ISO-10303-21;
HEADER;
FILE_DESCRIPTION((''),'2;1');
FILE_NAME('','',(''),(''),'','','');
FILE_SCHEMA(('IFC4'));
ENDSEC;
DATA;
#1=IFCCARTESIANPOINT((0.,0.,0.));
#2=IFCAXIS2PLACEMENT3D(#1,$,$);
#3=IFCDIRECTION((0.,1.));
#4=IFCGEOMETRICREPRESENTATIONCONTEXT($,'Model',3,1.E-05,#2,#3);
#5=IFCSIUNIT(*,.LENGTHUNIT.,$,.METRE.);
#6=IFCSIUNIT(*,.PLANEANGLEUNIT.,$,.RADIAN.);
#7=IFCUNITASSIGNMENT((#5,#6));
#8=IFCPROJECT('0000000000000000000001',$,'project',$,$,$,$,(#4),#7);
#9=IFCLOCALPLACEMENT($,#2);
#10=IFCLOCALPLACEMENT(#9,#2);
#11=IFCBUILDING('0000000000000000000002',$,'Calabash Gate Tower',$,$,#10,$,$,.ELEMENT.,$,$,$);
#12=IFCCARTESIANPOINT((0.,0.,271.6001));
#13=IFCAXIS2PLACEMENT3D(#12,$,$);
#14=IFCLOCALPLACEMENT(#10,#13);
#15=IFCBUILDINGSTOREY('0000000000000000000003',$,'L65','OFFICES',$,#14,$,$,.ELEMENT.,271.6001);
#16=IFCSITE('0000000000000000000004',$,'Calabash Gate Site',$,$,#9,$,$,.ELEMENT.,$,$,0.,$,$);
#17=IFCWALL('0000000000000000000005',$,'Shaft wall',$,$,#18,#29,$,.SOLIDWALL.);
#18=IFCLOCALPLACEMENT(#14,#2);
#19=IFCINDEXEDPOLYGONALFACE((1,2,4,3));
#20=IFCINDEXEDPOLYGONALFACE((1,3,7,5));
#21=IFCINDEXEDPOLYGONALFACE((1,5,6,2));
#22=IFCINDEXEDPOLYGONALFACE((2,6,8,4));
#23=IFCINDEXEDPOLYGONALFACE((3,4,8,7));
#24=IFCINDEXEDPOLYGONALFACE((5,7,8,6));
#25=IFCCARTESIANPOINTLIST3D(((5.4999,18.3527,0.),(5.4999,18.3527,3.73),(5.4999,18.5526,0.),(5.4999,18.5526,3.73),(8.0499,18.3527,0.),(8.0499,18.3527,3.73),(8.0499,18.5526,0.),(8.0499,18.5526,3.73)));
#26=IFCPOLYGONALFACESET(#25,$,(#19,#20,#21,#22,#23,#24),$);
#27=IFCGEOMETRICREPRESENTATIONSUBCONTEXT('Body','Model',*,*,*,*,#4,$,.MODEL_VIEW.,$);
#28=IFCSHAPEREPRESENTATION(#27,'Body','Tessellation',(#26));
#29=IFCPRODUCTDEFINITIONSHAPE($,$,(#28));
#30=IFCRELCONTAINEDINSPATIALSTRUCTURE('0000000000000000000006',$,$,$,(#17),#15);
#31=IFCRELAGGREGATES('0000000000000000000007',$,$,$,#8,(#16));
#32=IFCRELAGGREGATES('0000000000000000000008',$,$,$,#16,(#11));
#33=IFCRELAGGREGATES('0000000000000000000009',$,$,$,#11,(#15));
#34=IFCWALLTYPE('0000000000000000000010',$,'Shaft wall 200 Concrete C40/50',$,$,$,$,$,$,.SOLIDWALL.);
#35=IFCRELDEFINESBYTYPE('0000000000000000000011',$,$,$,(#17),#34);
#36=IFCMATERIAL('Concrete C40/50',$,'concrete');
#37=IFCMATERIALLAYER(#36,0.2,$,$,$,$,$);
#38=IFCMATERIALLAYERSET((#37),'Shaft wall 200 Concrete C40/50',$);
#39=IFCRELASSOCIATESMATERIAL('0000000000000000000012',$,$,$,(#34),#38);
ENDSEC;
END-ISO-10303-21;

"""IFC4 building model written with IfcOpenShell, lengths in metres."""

from ifc_helpers import new_model, si_unit, direction, frame, frame_2d, origin, place, context, subcontext, project, spatial, rectangle, extrude, material, layer, layer_set, type_object, element, save


model = new_model("IFC4")

# Units and contexts
model_context = context("Model", 3, precision=1e-05, world=origin(), true_north=direction((0.0, 1.0)))
body_context = subcontext(model_context, "Body", "Model", "MODEL_VIEW")
ifc_project = project(units=[si_unit("LENGTHUNIT", "METRE"), si_unit("PLANEANGLEUNIT", "RADIAN")], contexts=[model_context])

# Site, building, storey
site_placement = place(None, origin())
site = spatial("IfcSite", under=ifc_project, at=site_placement, Name="Calabash Gate Site", CompositionType="ELEMENT", RefElevation=0.0)
building_placement = place(site_placement, origin())
building = spatial("IfcBuilding", under=site, at=building_placement, Name="Calabash Gate Tower", CompositionType="ELEMENT")
storey_placement = place(building_placement, frame((0.0, 0.0, 271.6001)))
storey = spatial("IfcBuildingStorey", under=building, at=storey_placement, Name="L65", Description="OFFICES", CompositionType="ELEMENT", Elevation=271.6001)

# Shared definitions
ifc_material_1 = material(Name="Concrete C40/50", Category="concrete")
ifc_layer_1 = layer(ifc_material_1, 0.2)
ifc_layer_set_1 = layer_set([ifc_layer_1], Name="Shaft wall 200 Concrete C40/50")
wall_type_1 = type_object("IfcWallType", Name="Shaft wall 200 Concrete C40/50", PredefinedType="SOLIDWALL", material=ifc_layer_set_1)

# Wall
wall_1_placement = place(storey_placement, frame((5.5, 18.4526, 0.0), z_axis=(0.0, 0.0, 1.0), x_axis=(1.0, 0.0, 0.0)))
element("IfcWall", 1, at=wall_1_placement, inside=storey, type_object=wall_type_1, Name="Shaft wall", PredefinedType="SOLIDWALL", context=body_context, shape_type="SweptSolid", body=[
    extrude(rectangle(XDim=2.55, YDim=0.2, at=frame_2d((1.2749, 0.0))), origin(), (0.0, 0.0, 1.0), 3.73),
])

save(model, "model.ifc")
